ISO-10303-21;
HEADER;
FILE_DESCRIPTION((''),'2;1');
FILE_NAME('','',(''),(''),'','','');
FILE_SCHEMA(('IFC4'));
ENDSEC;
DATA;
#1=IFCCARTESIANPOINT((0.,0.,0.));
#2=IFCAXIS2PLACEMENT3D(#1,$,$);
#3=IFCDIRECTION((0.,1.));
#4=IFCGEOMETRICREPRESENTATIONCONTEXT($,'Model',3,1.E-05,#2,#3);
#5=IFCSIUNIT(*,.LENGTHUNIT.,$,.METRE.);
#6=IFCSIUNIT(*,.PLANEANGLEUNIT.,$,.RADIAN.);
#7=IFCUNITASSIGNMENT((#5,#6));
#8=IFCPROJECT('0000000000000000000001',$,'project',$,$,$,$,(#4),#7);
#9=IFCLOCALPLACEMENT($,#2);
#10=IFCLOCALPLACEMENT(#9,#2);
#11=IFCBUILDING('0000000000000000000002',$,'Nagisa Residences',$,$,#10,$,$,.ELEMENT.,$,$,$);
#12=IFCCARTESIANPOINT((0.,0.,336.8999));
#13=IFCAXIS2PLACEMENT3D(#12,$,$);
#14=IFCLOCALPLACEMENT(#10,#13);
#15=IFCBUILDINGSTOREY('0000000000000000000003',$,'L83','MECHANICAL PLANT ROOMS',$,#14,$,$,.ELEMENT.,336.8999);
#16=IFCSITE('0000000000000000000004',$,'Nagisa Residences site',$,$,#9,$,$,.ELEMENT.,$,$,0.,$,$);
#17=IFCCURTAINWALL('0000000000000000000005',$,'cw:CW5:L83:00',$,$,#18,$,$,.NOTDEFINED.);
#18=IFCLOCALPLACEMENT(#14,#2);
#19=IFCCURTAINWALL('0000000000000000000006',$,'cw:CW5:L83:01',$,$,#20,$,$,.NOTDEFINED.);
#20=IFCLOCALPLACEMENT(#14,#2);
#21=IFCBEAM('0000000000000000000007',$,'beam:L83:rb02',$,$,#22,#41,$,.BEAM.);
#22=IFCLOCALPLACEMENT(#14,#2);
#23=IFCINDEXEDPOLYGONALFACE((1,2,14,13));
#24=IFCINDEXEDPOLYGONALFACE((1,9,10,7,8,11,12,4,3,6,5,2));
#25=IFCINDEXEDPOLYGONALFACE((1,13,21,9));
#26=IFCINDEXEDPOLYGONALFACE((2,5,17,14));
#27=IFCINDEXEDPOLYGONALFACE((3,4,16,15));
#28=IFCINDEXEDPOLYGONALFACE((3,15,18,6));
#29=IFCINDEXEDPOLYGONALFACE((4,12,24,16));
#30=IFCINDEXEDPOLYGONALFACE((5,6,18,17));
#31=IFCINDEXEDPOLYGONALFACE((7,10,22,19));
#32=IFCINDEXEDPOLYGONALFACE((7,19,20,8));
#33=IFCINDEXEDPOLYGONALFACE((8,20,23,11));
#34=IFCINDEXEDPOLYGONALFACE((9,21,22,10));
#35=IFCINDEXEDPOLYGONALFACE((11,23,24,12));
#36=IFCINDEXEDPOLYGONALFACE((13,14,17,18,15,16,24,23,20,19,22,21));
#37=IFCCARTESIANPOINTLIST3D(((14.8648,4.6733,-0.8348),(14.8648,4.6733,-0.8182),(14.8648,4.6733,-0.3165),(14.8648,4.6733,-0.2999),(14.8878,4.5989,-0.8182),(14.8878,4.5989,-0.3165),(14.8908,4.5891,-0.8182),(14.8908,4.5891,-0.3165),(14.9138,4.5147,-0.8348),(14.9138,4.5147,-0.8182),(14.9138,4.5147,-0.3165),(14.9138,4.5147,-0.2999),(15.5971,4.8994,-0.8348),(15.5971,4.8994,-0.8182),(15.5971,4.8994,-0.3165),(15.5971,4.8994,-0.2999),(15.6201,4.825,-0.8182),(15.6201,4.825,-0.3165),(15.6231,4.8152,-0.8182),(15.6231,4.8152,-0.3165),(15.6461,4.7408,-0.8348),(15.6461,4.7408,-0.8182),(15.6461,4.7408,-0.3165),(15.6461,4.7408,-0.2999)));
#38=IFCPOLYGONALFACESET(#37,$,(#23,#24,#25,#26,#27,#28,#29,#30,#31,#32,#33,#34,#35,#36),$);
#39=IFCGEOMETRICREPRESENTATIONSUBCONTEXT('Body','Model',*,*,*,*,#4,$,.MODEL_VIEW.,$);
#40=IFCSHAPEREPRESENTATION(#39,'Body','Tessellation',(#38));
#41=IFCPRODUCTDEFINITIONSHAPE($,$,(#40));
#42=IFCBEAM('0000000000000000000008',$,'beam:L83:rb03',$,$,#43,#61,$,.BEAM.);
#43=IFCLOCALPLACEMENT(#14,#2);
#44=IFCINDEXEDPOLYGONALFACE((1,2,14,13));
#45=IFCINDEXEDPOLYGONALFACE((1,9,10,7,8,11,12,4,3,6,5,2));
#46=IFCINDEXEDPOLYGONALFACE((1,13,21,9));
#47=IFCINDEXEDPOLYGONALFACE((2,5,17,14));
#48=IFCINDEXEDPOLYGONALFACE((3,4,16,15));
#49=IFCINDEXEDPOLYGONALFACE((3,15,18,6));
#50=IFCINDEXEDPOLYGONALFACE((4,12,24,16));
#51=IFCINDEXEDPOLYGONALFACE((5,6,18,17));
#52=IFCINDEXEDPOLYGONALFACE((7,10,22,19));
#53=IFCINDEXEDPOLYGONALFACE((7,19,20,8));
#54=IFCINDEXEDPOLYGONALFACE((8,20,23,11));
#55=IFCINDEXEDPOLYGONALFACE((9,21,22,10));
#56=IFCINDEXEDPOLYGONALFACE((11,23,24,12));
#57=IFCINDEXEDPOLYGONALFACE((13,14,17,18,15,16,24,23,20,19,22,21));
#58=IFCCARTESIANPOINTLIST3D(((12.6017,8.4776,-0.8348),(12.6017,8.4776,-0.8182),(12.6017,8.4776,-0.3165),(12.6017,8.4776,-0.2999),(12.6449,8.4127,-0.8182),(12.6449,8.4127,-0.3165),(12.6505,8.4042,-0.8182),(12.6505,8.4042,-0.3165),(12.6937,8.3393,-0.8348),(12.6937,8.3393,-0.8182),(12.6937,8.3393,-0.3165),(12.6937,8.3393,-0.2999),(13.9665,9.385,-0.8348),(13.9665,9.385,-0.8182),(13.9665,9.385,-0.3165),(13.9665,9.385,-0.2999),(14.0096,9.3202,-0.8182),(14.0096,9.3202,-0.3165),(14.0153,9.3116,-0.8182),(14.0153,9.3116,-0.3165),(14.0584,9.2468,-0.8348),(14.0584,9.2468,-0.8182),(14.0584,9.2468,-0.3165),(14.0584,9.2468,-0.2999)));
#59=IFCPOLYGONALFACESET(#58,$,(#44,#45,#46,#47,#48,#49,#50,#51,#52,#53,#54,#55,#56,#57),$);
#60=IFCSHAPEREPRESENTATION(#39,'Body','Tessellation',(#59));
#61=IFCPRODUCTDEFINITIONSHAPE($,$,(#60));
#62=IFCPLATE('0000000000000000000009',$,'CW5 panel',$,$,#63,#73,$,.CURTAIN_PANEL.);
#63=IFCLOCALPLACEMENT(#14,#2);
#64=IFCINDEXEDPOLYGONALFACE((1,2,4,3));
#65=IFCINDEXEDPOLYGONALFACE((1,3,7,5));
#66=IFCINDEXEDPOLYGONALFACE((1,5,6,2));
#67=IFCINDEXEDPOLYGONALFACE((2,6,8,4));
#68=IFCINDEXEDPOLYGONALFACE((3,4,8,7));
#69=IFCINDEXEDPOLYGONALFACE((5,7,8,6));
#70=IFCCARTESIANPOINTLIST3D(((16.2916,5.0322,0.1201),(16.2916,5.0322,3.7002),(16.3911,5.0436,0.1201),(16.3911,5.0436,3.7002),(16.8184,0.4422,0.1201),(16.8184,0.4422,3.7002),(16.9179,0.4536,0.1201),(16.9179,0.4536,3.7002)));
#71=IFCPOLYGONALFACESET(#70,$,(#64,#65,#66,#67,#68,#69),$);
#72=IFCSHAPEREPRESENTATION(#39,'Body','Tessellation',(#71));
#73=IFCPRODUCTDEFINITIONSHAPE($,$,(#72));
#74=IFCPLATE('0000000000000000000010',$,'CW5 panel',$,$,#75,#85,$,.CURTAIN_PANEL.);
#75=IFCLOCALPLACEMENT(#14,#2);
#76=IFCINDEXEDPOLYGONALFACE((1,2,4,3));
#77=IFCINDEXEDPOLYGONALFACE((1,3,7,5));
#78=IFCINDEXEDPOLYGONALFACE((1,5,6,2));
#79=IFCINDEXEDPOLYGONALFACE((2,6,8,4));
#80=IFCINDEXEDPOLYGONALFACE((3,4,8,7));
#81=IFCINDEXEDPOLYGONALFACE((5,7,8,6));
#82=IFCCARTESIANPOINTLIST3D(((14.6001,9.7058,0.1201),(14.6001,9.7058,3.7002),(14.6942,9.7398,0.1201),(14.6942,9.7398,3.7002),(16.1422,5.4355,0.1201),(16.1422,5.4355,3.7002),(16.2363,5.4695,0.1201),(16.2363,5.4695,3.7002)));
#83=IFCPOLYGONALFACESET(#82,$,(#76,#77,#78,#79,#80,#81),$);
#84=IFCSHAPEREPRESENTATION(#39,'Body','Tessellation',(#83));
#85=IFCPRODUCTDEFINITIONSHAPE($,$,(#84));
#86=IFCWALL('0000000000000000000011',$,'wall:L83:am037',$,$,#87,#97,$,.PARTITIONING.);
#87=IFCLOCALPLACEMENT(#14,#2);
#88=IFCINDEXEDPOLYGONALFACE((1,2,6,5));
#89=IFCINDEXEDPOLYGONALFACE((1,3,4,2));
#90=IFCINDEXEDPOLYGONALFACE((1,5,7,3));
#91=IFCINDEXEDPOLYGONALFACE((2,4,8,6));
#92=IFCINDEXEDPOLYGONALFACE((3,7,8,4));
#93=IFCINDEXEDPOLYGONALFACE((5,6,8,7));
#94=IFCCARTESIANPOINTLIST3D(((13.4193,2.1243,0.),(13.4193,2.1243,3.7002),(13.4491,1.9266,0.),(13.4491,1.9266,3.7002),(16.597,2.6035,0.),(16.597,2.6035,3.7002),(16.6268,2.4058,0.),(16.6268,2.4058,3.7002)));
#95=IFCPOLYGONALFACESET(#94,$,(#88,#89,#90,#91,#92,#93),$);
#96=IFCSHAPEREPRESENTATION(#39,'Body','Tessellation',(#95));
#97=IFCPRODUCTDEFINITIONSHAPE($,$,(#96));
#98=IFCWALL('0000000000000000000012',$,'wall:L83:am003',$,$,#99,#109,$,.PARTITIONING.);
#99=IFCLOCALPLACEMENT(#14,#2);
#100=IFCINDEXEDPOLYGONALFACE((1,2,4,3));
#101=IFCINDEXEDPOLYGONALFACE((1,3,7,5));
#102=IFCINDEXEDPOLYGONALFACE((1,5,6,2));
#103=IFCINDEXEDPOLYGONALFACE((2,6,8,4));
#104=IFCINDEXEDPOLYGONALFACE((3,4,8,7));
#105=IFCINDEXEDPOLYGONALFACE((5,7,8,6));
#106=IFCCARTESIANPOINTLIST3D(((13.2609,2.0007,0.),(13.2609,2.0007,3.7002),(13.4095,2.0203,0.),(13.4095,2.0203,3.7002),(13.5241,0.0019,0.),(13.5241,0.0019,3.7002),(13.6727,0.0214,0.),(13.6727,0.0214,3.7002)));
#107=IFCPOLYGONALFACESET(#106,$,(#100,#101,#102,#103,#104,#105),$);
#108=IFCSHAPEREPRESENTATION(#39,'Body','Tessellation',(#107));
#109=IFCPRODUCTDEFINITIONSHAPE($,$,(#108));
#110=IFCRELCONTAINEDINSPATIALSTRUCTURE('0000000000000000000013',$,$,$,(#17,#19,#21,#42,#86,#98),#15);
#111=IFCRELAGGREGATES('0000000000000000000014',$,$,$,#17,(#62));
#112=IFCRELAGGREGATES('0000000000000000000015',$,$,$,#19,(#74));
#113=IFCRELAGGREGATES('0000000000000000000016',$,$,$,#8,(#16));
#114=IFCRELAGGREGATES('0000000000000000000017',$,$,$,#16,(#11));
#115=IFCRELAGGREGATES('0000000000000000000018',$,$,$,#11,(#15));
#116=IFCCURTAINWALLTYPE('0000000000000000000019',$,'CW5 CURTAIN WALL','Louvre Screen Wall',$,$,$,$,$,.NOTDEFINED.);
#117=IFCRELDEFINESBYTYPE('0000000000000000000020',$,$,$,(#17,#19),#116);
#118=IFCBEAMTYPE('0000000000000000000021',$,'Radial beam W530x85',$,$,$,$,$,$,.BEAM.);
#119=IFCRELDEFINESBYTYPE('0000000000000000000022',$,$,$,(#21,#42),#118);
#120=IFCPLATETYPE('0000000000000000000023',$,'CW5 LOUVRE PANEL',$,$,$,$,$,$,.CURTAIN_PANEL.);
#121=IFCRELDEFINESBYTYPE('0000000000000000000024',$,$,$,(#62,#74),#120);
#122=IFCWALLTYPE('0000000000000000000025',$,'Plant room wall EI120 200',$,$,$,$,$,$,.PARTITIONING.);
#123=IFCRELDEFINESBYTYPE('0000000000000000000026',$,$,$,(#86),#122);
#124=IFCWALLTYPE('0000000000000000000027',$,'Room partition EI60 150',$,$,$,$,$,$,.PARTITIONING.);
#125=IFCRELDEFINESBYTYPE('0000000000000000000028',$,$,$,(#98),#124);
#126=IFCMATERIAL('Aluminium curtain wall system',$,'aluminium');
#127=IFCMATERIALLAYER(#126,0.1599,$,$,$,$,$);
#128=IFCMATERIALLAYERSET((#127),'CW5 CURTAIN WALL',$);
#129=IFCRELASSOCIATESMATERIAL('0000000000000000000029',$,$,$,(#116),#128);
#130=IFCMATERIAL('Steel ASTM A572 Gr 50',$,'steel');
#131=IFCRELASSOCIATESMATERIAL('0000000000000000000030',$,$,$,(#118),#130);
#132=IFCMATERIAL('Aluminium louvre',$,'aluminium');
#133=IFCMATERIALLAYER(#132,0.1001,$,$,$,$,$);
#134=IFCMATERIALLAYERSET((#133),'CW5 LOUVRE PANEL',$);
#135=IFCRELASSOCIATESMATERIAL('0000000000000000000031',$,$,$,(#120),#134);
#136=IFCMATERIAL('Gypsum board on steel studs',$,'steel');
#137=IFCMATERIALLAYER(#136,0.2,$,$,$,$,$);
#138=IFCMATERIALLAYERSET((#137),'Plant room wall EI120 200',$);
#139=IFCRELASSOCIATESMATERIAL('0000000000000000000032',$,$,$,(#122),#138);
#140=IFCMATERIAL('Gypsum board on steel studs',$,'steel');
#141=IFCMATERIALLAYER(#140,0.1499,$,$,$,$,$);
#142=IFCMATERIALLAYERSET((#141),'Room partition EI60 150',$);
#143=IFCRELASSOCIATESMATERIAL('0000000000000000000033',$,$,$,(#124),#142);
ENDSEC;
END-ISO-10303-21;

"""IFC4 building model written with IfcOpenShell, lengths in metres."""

from ifc_helpers import new_model, si_unit, direction, frame, frame_2d, origin, origin_2d, place, context, subcontext, project, spatial, rectangle, i_section, extrude, material, layer, layer_set, material_profile, profile_set, type_object, element, aggregate, save


model = new_model("IFC4")

# Units and contexts
model_context = context("Model", 3, precision=1e-05, world=origin(), true_north=direction((0.0, 1.0)))
body_context = subcontext(model_context, "Body", "Model", "MODEL_VIEW")
ifc_project = project(units=[si_unit("LENGTHUNIT", "METRE"), si_unit("PLANEANGLEUNIT", "RADIAN")], contexts=[model_context])

# Site, building, storey
site_placement = place(None, origin())
site = spatial("IfcSite", under=ifc_project, at=site_placement, Name="Nagisa Residences site", CompositionType="ELEMENT", RefElevation=0.0)
building_placement = place(site_placement, origin())
building = spatial("IfcBuilding", under=site, at=building_placement, Name="Nagisa Residences", CompositionType="ELEMENT")
storey_placement = place(building_placement, frame((0.0, 0.0, 336.8999)))
storey = spatial("IfcBuildingStorey", under=building, at=storey_placement, Name="L83", Description="MECHANICAL PLANT ROOMS", CompositionType="ELEMENT", Elevation=336.8999)

# Curtain walls
ifc_material_1 = material(Name="Aluminium curtain wall system", Category="aluminium")
ifc_layer_1 = layer(ifc_material_1, 0.1599)
ifc_layer_set_1 = layer_set([ifc_layer_1], Name="CW5 CURTAIN WALL")
curtain_wall_type = type_object("IfcCurtainWallType", Name="CW5 CURTAIN WALL", Description="Louvre Screen Wall", PredefinedType="NOTDEFINED", material=ifc_layer_set_1)
curtain_wall_1_placement = place(storey_placement, origin())
curtain_wall_1 = element("IfcCurtainWall", 1, at=curtain_wall_1_placement, inside=storey, type_object=curtain_wall_type, Name="cw:CW5:L83:00", PredefinedType="NOTDEFINED")
curtain_wall_2_placement = place(storey_placement, origin())
curtain_wall_2 = element("IfcCurtainWall", 2, at=curtain_wall_2_placement, inside=storey, type_object=curtain_wall_type, Name="cw:CW5:L83:01", PredefinedType="NOTDEFINED")

# Beams
ifc_material_2 = material(Name="Steel ASTM A572 Gr 50", Category="steel")
ifc_material_profile_1 = material_profile(ifc_material_2, i_section(OverallWidth=0.166, OverallDepth=0.5349, WebThickness=0.0103, FlangeThickness=0.0166, at=origin_2d()), Name="W530x85")
ifc_profile_set_1 = profile_set([ifc_material_profile_1], Name="Steel ASTM A572 Gr 50")
beam_type_1 = type_object("IfcBeamType", Name="Radial beam W530x85", PredefinedType="BEAM", material=ifc_profile_set_1)
beam_1_placement = place(storey_placement, frame((15.6216, 4.8201, -0.5674), z_axis=(-0.955489, -0.295026, 0.0), x_axis=(0.295026, -0.955489, 0.0)))
element("IfcBeam", 3, at=beam_1_placement, inside=storey, type_object=beam_type_1, Name="beam:L83:rb02", PredefinedType="BEAM", context=body_context, shape_type="SweptSolid", body=[
    extrude(i_section(OverallWidth=0.166, OverallDepth=0.5349, WebThickness=0.0103, FlangeThickness=0.0166, at=origin_2d()), origin(), (0.0, 0.0, 1.0), 0.7664),
])
beam_2_placement = place(storey_placement, frame((14.0125, 9.3159, -0.5674), z_axis=(-0.832714, -0.553703, 0.0), x_axis=(0.553703, -0.832714, 0.0)))
element("IfcBeam", 4, at=beam_2_placement, inside=storey, type_object=beam_type_1, Name="beam:L83:rb03", PredefinedType="BEAM", context=body_context, shape_type="SweptSolid", body=[
    extrude(i_section(OverallWidth=0.166, OverallDepth=0.5349, WebThickness=0.0103, FlangeThickness=0.0166, at=origin_2d()), origin(), (0.0, 0.0, 1.0), 1.6389),
])

# Plates
ifc_material_3 = material(Name="Aluminium louvre", Category="aluminium")
ifc_layer_2 = layer(ifc_material_3, 0.1001)
ifc_layer_set_2 = layer_set([ifc_layer_2], Name="CW5 LOUVRE PANEL")
plate_type = type_object("IfcPlateType", Name="CW5 LOUVRE PANEL", PredefinedType="CURTAIN_PANEL", material=ifc_layer_set_2)
plate_1_placement = place(storey_placement, frame((16.6047, 2.7429, 0.1201), z_axis=(0.0, 0.0, 1.0), x_axis=(-0.114025, 0.993478, 0.0)))
plate_1 = element("IfcPlate", 5, at=plate_1_placement, type_object=plate_type, Name="CW5 panel", PredefinedType="CURTAIN_PANEL", context=body_context, shape_type="SweptSolid", body=[
    extrude(rectangle(XDim=4.6201, YDim=0.1001, at=origin_2d()), origin(), (0.0, 0.0, 1.0), 3.5801),
])
aggregate(curtain_wall_1, [plate_1])
plate_2_placement = place(storey_placement, frame((15.4182, 7.5876, 0.1201), z_axis=(0.0, 0.0, 1.0), x_axis=(-0.339643, 0.940554, 0.0)))
plate_2 = element("IfcPlate", 6, at=plate_2_placement, type_object=plate_type, Name="CW5 panel", PredefinedType="CURTAIN_PANEL", context=body_context, shape_type="SweptSolid", body=[
    extrude(rectangle(XDim=4.5403, YDim=0.1001, at=origin_2d()), origin(), (0.0, 0.0, 1.0), 3.5801),
])
aggregate(curtain_wall_2, [plate_2])

# Walls
ifc_material_4 = material(Name="Gypsum board on steel studs", Category="steel")
ifc_layer_3 = layer(ifc_material_4, 0.2)
ifc_layer_set_3 = layer_set([ifc_layer_3], Name="Plant room wall EI120 200")
wall_type_1 = type_object("IfcWallType", Name="Plant room wall EI120 200", PredefinedType="PARTITIONING", material=ifc_layer_set_3)
wall_1_placement = place(storey_placement, frame((13.4341, 2.0254, 0.0), z_axis=(0.0, 0.0, 1.0), x_axis=(0.988818, 0.149128, 0.0)))
element("IfcWall", 7, at=wall_1_placement, inside=storey, type_object=wall_type_1, Name="wall:L83:am037", PredefinedType="PARTITIONING", context=body_context, shape_type="SweptSolid", body=[
    extrude(rectangle(XDim=3.2136, YDim=0.2, at=frame_2d((1.6069, 0.0))), origin(), (0.0, 0.0, 1.0), 3.7002),
])
ifc_material_5 = material(Name="Gypsum board on steel studs", Category="steel")
ifc_layer_4 = layer(ifc_material_5, 0.1499)
ifc_layer_set_4 = layer_set([ifc_layer_4], Name="Room partition EI60 150")
wall_type_2 = type_object("IfcWallType", Name="Room partition EI60 150", PredefinedType="PARTITIONING", material=ifc_layer_set_4)
wall_2_placement = place(storey_placement, frame((13.3352, 2.0105, 0.0), z_axis=(0.0, 0.0, 1.0), x_axis=(0.130545, -0.991442, 0.0)))
element("IfcWall", 8, at=wall_2_placement, inside=storey, type_object=wall_type_2, Name="wall:L83:am003", PredefinedType="PARTITIONING", context=body_context, shape_type="SweptSolid", body=[
    extrude(rectangle(XDim=2.0161, YDim=0.1499, at=frame_2d((1.0081, 0.0))), origin(), (0.0, 0.0, 1.0), 3.7002),
])

save(model, "model.ifc")
